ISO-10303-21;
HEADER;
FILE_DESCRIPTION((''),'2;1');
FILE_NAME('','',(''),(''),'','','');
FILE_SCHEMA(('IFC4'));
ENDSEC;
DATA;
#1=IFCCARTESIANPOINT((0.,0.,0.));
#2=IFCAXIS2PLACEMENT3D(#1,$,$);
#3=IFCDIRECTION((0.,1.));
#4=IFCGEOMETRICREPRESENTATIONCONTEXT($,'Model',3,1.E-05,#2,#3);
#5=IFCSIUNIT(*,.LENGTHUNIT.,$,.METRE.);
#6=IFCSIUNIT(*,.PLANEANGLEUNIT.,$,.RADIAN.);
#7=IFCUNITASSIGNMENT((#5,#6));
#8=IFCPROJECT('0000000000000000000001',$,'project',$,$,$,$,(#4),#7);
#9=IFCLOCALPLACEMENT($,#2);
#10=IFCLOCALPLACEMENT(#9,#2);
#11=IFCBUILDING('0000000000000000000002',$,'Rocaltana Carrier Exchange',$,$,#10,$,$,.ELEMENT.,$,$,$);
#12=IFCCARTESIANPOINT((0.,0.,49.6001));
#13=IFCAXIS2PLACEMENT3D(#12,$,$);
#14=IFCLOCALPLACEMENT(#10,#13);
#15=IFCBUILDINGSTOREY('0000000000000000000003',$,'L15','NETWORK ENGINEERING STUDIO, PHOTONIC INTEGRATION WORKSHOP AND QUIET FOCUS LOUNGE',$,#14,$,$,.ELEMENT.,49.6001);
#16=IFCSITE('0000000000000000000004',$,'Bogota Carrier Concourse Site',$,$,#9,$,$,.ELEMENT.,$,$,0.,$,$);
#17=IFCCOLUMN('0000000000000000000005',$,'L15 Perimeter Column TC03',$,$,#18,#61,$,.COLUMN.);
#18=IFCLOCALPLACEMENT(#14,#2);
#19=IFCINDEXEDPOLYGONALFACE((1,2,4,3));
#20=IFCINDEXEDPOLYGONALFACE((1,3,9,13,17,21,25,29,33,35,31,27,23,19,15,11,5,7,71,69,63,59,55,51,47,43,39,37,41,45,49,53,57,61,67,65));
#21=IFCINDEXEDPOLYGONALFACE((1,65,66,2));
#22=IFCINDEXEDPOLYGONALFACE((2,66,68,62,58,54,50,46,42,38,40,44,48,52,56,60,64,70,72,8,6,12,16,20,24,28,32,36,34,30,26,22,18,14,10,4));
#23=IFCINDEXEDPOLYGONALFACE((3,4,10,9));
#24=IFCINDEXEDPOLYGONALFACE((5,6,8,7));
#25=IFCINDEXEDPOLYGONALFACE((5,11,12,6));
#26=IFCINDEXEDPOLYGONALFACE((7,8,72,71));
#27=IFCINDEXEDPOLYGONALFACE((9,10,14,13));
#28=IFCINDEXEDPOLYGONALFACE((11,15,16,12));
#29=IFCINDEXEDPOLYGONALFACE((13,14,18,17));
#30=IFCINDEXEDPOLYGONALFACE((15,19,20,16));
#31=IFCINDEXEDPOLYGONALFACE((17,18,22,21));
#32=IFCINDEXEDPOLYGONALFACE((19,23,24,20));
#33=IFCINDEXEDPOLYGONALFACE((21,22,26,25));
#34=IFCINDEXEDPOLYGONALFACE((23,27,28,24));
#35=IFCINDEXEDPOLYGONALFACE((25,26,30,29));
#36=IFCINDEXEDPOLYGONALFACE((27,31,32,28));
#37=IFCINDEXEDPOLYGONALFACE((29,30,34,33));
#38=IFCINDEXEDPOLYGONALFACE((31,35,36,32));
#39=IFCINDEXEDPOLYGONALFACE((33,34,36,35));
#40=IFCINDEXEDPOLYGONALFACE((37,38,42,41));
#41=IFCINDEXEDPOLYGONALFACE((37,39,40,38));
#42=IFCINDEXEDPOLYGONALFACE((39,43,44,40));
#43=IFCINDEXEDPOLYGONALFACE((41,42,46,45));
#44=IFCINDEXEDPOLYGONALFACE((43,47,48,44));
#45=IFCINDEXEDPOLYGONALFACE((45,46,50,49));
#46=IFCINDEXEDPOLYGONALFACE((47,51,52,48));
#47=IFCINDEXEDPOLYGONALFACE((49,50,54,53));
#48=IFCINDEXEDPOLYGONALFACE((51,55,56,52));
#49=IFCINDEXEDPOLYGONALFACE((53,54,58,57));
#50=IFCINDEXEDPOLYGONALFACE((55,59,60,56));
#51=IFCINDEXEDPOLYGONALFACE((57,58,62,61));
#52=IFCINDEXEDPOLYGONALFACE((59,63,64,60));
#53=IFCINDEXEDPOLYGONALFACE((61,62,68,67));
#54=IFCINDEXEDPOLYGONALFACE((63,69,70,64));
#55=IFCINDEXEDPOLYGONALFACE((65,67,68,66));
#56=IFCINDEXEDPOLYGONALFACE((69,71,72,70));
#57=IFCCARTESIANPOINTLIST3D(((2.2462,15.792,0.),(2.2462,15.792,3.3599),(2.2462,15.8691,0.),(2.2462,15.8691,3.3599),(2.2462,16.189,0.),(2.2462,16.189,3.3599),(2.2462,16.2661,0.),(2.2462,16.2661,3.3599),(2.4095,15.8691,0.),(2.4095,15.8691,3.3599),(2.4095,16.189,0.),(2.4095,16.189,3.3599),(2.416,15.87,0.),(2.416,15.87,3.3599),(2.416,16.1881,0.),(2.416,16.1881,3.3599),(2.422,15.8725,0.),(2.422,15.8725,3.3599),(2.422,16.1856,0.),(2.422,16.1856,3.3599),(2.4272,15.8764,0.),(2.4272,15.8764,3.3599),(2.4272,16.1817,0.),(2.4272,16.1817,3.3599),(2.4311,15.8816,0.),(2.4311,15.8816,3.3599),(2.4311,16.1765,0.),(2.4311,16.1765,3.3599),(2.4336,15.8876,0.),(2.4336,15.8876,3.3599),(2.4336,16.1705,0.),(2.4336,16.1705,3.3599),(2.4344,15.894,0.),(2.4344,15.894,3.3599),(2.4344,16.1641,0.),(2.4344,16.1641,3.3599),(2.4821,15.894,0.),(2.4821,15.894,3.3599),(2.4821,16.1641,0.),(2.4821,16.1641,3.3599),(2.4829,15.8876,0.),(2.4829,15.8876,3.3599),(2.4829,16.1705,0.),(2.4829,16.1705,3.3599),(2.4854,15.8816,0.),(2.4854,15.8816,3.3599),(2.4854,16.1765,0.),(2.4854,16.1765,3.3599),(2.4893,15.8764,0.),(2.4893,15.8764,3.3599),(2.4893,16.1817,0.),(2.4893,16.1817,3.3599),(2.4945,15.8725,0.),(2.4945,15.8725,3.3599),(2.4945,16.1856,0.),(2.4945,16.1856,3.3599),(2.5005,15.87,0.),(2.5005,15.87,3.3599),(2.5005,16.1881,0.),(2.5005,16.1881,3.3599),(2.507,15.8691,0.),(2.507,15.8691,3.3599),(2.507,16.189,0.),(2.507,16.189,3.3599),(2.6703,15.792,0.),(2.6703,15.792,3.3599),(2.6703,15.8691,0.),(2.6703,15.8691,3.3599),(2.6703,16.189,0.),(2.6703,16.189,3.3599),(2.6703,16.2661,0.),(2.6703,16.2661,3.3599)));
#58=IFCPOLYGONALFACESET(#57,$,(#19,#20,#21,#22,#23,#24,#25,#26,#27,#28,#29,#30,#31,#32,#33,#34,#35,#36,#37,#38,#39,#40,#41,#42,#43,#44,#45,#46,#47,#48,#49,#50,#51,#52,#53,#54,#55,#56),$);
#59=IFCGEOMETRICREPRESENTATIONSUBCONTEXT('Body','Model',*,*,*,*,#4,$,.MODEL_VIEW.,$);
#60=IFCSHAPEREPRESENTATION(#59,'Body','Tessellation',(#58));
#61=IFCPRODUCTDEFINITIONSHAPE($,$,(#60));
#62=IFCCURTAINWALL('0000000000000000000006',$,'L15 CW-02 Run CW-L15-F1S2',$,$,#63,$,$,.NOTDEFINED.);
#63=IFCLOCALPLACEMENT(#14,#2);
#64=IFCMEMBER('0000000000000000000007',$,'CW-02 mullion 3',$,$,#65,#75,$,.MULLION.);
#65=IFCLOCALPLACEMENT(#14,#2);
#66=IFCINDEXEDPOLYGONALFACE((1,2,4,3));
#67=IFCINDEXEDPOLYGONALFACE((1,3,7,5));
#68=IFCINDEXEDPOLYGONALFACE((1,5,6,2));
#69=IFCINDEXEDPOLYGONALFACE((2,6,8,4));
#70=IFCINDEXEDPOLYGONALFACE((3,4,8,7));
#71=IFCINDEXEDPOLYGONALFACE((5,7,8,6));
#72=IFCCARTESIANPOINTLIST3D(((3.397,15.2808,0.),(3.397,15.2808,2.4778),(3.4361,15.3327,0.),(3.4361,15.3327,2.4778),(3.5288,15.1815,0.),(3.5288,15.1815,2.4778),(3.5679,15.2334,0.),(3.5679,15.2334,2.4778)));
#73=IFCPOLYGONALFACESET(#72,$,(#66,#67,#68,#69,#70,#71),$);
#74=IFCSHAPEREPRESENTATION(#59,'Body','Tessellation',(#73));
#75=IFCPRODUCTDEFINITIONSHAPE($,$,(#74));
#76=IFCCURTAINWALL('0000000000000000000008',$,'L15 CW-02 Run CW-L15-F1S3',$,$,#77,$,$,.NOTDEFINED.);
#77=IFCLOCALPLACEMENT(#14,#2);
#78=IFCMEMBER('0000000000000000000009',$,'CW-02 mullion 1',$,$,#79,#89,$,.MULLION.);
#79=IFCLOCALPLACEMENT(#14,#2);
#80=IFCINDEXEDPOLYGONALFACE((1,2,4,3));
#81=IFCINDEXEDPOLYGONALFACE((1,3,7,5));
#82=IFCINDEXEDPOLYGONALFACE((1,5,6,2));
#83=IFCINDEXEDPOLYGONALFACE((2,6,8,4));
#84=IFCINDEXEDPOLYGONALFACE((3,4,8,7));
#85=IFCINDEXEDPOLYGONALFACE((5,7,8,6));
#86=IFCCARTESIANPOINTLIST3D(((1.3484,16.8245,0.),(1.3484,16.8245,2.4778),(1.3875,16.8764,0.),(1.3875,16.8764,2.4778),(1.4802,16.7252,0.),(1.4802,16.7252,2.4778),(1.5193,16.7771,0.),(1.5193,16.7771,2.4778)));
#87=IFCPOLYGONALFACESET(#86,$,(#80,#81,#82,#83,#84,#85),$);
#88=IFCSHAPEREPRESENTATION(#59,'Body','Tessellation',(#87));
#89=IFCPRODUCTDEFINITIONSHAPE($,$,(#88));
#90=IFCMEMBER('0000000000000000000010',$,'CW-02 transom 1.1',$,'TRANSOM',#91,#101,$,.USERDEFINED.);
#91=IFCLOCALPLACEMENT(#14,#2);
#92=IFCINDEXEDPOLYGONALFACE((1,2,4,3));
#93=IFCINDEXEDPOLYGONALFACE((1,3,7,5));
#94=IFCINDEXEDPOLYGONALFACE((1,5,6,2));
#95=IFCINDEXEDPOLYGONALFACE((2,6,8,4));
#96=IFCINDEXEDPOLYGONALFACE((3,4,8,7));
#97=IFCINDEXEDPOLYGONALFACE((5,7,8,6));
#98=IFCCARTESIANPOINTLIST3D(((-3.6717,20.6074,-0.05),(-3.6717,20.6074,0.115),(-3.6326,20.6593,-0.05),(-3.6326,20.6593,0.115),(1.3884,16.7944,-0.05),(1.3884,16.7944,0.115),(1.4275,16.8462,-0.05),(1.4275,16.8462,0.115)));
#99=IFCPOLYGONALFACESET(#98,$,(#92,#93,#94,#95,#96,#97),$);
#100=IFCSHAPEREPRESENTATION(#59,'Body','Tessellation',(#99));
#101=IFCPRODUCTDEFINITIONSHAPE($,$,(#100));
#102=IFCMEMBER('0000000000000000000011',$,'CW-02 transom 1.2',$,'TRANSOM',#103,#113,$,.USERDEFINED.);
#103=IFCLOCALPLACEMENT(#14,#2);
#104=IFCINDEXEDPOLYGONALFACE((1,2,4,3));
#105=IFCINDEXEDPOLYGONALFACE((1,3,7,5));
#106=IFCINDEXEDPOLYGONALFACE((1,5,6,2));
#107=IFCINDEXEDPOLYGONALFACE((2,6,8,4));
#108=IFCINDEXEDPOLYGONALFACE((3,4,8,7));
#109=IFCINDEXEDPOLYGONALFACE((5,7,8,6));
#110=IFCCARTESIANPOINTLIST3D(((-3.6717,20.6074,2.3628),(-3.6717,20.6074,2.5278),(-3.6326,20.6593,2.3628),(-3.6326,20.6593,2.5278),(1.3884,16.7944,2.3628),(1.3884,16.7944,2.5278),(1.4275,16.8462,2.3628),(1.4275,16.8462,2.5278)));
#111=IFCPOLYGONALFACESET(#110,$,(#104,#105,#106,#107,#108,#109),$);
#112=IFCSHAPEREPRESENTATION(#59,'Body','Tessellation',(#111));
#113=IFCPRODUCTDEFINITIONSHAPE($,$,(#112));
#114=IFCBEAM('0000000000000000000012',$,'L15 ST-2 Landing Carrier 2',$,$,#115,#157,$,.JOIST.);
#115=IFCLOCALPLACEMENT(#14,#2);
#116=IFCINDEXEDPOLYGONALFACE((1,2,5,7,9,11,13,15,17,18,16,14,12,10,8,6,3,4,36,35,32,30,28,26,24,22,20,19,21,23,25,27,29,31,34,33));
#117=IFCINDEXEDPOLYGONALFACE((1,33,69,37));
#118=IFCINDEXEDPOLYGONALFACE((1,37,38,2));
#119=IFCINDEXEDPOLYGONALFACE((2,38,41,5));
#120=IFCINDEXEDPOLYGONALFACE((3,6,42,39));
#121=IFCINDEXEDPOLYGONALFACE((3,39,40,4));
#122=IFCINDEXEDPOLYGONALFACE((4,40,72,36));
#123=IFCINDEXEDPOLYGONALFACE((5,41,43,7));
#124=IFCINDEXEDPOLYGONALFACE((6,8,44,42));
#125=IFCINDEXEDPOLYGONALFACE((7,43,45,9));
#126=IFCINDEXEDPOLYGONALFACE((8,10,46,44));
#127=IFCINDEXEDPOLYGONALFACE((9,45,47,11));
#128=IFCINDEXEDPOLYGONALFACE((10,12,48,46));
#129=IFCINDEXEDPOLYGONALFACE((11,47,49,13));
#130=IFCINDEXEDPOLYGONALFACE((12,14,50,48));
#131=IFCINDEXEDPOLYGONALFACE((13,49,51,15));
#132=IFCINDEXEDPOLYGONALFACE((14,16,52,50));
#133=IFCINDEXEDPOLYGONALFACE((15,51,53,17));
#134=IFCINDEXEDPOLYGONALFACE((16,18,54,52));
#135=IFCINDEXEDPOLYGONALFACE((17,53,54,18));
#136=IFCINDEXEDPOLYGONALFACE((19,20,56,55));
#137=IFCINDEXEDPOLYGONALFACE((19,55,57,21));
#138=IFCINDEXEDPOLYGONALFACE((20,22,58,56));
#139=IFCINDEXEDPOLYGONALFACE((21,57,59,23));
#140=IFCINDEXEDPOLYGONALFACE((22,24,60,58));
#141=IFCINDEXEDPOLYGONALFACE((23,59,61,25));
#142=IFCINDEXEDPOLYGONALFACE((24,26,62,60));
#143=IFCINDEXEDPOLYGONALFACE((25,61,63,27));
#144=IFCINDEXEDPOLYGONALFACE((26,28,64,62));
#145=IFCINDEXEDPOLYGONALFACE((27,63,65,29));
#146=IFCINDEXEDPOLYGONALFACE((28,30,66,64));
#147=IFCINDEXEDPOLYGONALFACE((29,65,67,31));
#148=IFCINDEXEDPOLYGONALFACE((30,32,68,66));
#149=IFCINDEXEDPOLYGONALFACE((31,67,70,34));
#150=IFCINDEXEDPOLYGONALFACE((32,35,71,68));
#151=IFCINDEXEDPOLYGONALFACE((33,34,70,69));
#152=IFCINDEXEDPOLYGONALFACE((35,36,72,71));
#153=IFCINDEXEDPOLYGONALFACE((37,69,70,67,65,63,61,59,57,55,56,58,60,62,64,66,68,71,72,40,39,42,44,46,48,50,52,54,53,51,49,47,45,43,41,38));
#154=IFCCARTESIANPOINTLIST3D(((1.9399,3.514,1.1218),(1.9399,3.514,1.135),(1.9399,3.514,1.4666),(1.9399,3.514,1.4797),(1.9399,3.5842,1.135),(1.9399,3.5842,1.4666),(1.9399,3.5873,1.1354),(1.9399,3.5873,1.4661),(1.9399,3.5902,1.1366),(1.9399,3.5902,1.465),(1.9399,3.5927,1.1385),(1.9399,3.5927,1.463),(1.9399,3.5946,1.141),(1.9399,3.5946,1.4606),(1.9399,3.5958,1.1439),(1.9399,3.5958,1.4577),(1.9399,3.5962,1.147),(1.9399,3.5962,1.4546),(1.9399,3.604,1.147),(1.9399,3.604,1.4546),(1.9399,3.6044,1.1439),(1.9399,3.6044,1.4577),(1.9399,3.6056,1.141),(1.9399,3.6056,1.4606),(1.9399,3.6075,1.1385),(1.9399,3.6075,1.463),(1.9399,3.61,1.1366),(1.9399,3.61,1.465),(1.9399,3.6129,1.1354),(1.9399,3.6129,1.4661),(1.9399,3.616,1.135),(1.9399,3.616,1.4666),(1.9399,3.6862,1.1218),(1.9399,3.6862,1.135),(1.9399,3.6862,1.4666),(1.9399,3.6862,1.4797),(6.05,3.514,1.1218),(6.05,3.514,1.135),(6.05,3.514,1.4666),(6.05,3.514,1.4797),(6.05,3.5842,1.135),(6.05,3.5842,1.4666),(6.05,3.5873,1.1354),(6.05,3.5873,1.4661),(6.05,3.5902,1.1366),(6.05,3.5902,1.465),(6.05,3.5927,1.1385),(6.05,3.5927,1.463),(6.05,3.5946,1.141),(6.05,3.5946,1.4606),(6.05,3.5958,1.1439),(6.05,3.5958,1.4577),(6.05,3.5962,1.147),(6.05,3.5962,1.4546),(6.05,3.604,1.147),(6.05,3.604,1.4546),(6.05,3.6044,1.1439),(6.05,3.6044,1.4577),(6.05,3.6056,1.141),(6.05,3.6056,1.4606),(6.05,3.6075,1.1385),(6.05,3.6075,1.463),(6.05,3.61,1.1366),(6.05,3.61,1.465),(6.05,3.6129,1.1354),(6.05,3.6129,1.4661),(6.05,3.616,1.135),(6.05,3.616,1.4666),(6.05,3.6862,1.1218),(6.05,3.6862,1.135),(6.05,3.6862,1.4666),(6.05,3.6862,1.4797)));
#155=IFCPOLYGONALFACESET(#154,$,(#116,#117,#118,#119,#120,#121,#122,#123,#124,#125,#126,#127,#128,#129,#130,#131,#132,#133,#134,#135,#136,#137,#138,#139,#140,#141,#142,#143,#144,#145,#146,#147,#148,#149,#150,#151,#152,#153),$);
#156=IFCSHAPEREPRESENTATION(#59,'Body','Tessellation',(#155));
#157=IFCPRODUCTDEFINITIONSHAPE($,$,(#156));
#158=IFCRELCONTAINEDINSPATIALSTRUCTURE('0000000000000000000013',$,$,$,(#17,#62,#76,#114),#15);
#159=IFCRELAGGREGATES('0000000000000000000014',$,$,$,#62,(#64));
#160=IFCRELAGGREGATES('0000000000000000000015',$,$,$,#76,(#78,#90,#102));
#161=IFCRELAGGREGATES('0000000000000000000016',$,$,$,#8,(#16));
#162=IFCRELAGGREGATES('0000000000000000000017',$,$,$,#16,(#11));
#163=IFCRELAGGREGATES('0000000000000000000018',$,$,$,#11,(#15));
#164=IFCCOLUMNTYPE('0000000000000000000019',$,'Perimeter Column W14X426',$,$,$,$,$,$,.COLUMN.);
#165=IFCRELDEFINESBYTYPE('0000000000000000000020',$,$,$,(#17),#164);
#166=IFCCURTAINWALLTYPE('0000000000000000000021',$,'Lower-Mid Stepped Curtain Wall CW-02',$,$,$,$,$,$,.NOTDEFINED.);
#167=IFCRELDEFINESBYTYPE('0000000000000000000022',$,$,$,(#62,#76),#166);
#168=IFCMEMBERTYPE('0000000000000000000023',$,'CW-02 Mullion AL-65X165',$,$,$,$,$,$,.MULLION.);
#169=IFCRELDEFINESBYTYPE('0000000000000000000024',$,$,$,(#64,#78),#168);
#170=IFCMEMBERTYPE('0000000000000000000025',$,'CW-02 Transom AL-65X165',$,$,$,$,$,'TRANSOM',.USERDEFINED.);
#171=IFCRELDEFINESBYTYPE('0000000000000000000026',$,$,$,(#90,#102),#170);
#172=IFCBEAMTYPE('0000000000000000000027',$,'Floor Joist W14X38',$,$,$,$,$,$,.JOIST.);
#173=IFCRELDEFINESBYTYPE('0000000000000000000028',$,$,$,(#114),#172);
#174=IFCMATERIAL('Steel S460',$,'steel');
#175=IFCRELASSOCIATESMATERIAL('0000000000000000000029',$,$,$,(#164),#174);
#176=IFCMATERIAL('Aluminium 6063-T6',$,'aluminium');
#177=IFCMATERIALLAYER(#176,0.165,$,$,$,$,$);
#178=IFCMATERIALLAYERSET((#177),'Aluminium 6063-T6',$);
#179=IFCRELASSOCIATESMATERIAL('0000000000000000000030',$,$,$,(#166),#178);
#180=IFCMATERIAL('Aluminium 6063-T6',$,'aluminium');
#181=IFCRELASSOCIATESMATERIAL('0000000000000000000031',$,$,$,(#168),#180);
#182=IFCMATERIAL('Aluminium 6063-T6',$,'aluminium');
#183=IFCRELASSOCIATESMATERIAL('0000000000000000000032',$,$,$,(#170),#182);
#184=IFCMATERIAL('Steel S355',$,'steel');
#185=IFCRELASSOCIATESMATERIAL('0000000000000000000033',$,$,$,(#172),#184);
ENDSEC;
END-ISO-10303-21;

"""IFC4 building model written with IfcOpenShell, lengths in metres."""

from ifc_helpers import new_model, si_unit, direction, frame, origin, origin_2d, place, context, subcontext, project, spatial, rectangle, i_section, extrude, material, layer, layer_set, material_profile, profile_set, type_object, element, aggregate, save


model = new_model("IFC4")

# Units and contexts
model_context = context("Model", 3, precision=1e-05, world=origin(), true_north=direction((0.0, 1.0)))
body_context = subcontext(model_context, "Body", "Model", "MODEL_VIEW")
ifc_project = project(units=[si_unit("LENGTHUNIT", "METRE"), si_unit("PLANEANGLEUNIT", "RADIAN")], contexts=[model_context])

# Site, building, storey
site_placement = place(None, origin())
site = spatial("IfcSite", under=ifc_project, at=site_placement, Name="Bogota Carrier Concourse Site", CompositionType="ELEMENT", RefElevation=0.0)
building_placement = place(site_placement, origin())
building = spatial("IfcBuilding", under=site, at=building_placement, Name="Rocaltana Carrier Exchange", CompositionType="ELEMENT")
storey_placement = place(building_placement, frame((0.0, 0.0, 49.6001)))
storey = spatial("IfcBuildingStorey", under=building, at=storey_placement, Name="L15", Description="NETWORK ENGINEERING STUDIO, PHOTONIC INTEGRATION WORKSHOP AND QUIET FOCUS LOUNGE", CompositionType="ELEMENT", Elevation=49.6001)

# Column
ifc_material_1 = material(Name="Steel S460", Category="steel")
ifc_material_profile_1 = material_profile(ifc_material_1, i_section(OverallWidth=0.4241, OverallDepth=0.4741, WebThickness=0.0476, FlangeThickness=0.0771, FilletRadius=0.0249, at=origin_2d()), Name="W14X426")
ifc_profile_set_1 = profile_set([ifc_material_profile_1], Name="Steel S460")
column_type = type_object("IfcColumnType", Name="Perimeter Column W14X426", PredefinedType="COLUMN", material=ifc_profile_set_1)
column_placement = place(storey_placement, frame((2.4583, 16.0291, 0.0), z_axis=(0.0, 0.0, 1.0), x_axis=(1.0, 0.0, 0.0)))
element("IfcColumn", 1, at=column_placement, inside=storey, type_object=column_type, Name="L15 Perimeter Column TC03", PredefinedType="COLUMN", context=body_context, shape_type="SweptSolid", body=[
    extrude(i_section(OverallWidth=0.4241, OverallDepth=0.4741, WebThickness=0.0476, FlangeThickness=0.0771, FilletRadius=0.0249, at=origin_2d()), origin(), (0.0, 0.0, 1.0), 3.3599),
])

# Curtain wall, member
ifc_material_2 = material(Name="Aluminium 6063-T6", Category="aluminium")
ifc_layer_1 = layer(ifc_material_2, 0.165)
ifc_layer_set_1 = layer_set([ifc_layer_1], Name="Aluminium 6063-T6")
curtain_wall_type = type_object("IfcCurtainWallType", Name="Lower-Mid Stepped Curtain Wall CW-02", PredefinedType="NOTDEFINED", material=ifc_layer_set_1)
curtain_wall_1_placement = place(storey_placement, origin())
curtain_wall_1 = element("IfcCurtainWall", 2, at=curtain_wall_1_placement, inside=storey, type_object=curtain_wall_type, Name="L15 CW-02 Run CW-L15-F1S2", PredefinedType="NOTDEFINED")
ifc_material_3 = material(Name="Aluminium 6063-T6", Category="aluminium")
ifc_material_profile_2 = material_profile(ifc_material_3, rectangle(XDim=0.0649, YDim=0.165, at=origin_2d()), Name="AL-65X165")
ifc_profile_set_2 = profile_set([ifc_material_profile_2], Name="Aluminium 6063-T6")
member_type_1 = type_object("IfcMemberType", Name="CW-02 Mullion AL-65X165", PredefinedType="MULLION", material=ifc_profile_set_2)
member_1_placement = place(storey_placement, frame((3.4824, 15.2571, 0.0), z_axis=(0.0, 0.0, 1.0), x_axis=(-0.601815, -0.798635, 0.0)))
member_1 = element("IfcMember", 3, at=member_1_placement, type_object=member_type_1, Name="CW-02 mullion 3", PredefinedType="MULLION", context=body_context, shape_type="SweptSolid", body=[
    extrude(rectangle(XDim=0.0649, YDim=0.165, at=origin_2d()), origin(), (0.0, 0.0, 1.0), 2.4778),
])
aggregate(curtain_wall_1, [member_1])

# Curtain wall, members
curtain_wall_2_placement = place(storey_placement, origin())
curtain_wall_2 = element("IfcCurtainWall", 4, at=curtain_wall_2_placement, inside=storey, type_object=curtain_wall_type, Name="L15 CW-02 Run CW-L15-F1S3", PredefinedType="NOTDEFINED")
member_2_placement = place(storey_placement, frame((1.4338, 16.8008, 0.0), z_axis=(0.0, 0.0, 1.0), x_axis=(-0.601812, -0.798638, 0.0)))
member_2 = element("IfcMember", 5, at=member_2_placement, type_object=member_type_1, Name="CW-02 mullion 1", PredefinedType="MULLION", context=body_context, shape_type="SweptSolid", body=[
    extrude(rectangle(XDim=0.0649, YDim=0.165, at=origin_2d()), origin(), (0.0, 0.0, 1.0), 2.4778),
])
ifc_material_4 = material(Name="Aluminium 6063-T6", Category="aluminium")
ifc_material_profile_3 = material_profile(ifc_material_4, rectangle(XDim=0.0649, YDim=0.165, at=origin_2d()), Name="AL-65X165")
ifc_profile_set_3 = profile_set([ifc_material_profile_3], Name="Aluminium 6063-T6")
member_type_2 = type_object("IfcMemberType", Name="CW-02 Transom AL-65X165", ElementType="TRANSOM", PredefinedType="USERDEFINED", material=ifc_profile_set_3)
member_3_placement = place(storey_placement, frame((1.408, 16.8203, 0.0325), z_axis=(-0.798638, 0.601811, 0.0), x_axis=(-0.601811, -0.798638, 0.0)))
member_3 = element("IfcMember", 6, at=member_3_placement, type_object=member_type_2, Name="CW-02 transom 1.1", ObjectType="TRANSOM", PredefinedType="USERDEFINED", context=body_context, shape_type="SweptSolid", body=[
    extrude(rectangle(XDim=0.0649, YDim=0.165, at=origin_2d()), origin(), (0.0, 0.0, 1.0), 6.3359),
])
member_4_placement = place(storey_placement, frame((1.408, 16.8203, 2.4453), z_axis=(-0.798638, 0.601811, 0.0), x_axis=(-0.601811, -0.798638, 0.0)))
member_4 = element("IfcMember", 7, at=member_4_placement, type_object=member_type_2, Name="CW-02 transom 1.2", ObjectType="TRANSOM", PredefinedType="USERDEFINED", context=body_context, shape_type="SweptSolid", body=[
    extrude(rectangle(XDim=0.0649, YDim=0.165, at=origin_2d()), origin(), (0.0, 0.0, 1.0), 6.3359),
])

# Beam
ifc_material_5 = material(Name="Steel S355", Category="steel")
ifc_material_profile_4 = material_profile(ifc_material_5, i_section(OverallWidth=0.1721, OverallDepth=0.3579, WebThickness=0.0078, FlangeThickness=0.0132, FilletRadius=0.012, at=origin_2d()), Name="W14X38")
ifc_profile_set_4 = profile_set([ifc_material_profile_4], Name="Steel S355")
beam_type_1 = type_object("IfcBeamType", Name="Floor Joist W14X38", PredefinedType="JOIST", material=ifc_profile_set_4)
beam_1_placement = place(storey_placement, frame((1.9399, 3.6001, 1.3008), z_axis=(1.0, 0.0, 0.0), x_axis=(0.0, 1.0, 0.0)))
element("IfcBeam", 8, at=beam_1_placement, inside=storey, type_object=beam_type_1, Name="L15 ST-2 Landing Carrier 2", PredefinedType="JOIST", context=body_context, shape_type="SweptSolid", body=[
    extrude(i_section(OverallWidth=0.1721, OverallDepth=0.3579, WebThickness=0.0078, FlangeThickness=0.0132, FilletRadius=0.012, at=origin_2d()), origin(), (0.0, 0.0, 1.0), 4.1101),
])

aggregate(curtain_wall_2, [member_2, member_3, member_4])

save(model, "model.ifc")
